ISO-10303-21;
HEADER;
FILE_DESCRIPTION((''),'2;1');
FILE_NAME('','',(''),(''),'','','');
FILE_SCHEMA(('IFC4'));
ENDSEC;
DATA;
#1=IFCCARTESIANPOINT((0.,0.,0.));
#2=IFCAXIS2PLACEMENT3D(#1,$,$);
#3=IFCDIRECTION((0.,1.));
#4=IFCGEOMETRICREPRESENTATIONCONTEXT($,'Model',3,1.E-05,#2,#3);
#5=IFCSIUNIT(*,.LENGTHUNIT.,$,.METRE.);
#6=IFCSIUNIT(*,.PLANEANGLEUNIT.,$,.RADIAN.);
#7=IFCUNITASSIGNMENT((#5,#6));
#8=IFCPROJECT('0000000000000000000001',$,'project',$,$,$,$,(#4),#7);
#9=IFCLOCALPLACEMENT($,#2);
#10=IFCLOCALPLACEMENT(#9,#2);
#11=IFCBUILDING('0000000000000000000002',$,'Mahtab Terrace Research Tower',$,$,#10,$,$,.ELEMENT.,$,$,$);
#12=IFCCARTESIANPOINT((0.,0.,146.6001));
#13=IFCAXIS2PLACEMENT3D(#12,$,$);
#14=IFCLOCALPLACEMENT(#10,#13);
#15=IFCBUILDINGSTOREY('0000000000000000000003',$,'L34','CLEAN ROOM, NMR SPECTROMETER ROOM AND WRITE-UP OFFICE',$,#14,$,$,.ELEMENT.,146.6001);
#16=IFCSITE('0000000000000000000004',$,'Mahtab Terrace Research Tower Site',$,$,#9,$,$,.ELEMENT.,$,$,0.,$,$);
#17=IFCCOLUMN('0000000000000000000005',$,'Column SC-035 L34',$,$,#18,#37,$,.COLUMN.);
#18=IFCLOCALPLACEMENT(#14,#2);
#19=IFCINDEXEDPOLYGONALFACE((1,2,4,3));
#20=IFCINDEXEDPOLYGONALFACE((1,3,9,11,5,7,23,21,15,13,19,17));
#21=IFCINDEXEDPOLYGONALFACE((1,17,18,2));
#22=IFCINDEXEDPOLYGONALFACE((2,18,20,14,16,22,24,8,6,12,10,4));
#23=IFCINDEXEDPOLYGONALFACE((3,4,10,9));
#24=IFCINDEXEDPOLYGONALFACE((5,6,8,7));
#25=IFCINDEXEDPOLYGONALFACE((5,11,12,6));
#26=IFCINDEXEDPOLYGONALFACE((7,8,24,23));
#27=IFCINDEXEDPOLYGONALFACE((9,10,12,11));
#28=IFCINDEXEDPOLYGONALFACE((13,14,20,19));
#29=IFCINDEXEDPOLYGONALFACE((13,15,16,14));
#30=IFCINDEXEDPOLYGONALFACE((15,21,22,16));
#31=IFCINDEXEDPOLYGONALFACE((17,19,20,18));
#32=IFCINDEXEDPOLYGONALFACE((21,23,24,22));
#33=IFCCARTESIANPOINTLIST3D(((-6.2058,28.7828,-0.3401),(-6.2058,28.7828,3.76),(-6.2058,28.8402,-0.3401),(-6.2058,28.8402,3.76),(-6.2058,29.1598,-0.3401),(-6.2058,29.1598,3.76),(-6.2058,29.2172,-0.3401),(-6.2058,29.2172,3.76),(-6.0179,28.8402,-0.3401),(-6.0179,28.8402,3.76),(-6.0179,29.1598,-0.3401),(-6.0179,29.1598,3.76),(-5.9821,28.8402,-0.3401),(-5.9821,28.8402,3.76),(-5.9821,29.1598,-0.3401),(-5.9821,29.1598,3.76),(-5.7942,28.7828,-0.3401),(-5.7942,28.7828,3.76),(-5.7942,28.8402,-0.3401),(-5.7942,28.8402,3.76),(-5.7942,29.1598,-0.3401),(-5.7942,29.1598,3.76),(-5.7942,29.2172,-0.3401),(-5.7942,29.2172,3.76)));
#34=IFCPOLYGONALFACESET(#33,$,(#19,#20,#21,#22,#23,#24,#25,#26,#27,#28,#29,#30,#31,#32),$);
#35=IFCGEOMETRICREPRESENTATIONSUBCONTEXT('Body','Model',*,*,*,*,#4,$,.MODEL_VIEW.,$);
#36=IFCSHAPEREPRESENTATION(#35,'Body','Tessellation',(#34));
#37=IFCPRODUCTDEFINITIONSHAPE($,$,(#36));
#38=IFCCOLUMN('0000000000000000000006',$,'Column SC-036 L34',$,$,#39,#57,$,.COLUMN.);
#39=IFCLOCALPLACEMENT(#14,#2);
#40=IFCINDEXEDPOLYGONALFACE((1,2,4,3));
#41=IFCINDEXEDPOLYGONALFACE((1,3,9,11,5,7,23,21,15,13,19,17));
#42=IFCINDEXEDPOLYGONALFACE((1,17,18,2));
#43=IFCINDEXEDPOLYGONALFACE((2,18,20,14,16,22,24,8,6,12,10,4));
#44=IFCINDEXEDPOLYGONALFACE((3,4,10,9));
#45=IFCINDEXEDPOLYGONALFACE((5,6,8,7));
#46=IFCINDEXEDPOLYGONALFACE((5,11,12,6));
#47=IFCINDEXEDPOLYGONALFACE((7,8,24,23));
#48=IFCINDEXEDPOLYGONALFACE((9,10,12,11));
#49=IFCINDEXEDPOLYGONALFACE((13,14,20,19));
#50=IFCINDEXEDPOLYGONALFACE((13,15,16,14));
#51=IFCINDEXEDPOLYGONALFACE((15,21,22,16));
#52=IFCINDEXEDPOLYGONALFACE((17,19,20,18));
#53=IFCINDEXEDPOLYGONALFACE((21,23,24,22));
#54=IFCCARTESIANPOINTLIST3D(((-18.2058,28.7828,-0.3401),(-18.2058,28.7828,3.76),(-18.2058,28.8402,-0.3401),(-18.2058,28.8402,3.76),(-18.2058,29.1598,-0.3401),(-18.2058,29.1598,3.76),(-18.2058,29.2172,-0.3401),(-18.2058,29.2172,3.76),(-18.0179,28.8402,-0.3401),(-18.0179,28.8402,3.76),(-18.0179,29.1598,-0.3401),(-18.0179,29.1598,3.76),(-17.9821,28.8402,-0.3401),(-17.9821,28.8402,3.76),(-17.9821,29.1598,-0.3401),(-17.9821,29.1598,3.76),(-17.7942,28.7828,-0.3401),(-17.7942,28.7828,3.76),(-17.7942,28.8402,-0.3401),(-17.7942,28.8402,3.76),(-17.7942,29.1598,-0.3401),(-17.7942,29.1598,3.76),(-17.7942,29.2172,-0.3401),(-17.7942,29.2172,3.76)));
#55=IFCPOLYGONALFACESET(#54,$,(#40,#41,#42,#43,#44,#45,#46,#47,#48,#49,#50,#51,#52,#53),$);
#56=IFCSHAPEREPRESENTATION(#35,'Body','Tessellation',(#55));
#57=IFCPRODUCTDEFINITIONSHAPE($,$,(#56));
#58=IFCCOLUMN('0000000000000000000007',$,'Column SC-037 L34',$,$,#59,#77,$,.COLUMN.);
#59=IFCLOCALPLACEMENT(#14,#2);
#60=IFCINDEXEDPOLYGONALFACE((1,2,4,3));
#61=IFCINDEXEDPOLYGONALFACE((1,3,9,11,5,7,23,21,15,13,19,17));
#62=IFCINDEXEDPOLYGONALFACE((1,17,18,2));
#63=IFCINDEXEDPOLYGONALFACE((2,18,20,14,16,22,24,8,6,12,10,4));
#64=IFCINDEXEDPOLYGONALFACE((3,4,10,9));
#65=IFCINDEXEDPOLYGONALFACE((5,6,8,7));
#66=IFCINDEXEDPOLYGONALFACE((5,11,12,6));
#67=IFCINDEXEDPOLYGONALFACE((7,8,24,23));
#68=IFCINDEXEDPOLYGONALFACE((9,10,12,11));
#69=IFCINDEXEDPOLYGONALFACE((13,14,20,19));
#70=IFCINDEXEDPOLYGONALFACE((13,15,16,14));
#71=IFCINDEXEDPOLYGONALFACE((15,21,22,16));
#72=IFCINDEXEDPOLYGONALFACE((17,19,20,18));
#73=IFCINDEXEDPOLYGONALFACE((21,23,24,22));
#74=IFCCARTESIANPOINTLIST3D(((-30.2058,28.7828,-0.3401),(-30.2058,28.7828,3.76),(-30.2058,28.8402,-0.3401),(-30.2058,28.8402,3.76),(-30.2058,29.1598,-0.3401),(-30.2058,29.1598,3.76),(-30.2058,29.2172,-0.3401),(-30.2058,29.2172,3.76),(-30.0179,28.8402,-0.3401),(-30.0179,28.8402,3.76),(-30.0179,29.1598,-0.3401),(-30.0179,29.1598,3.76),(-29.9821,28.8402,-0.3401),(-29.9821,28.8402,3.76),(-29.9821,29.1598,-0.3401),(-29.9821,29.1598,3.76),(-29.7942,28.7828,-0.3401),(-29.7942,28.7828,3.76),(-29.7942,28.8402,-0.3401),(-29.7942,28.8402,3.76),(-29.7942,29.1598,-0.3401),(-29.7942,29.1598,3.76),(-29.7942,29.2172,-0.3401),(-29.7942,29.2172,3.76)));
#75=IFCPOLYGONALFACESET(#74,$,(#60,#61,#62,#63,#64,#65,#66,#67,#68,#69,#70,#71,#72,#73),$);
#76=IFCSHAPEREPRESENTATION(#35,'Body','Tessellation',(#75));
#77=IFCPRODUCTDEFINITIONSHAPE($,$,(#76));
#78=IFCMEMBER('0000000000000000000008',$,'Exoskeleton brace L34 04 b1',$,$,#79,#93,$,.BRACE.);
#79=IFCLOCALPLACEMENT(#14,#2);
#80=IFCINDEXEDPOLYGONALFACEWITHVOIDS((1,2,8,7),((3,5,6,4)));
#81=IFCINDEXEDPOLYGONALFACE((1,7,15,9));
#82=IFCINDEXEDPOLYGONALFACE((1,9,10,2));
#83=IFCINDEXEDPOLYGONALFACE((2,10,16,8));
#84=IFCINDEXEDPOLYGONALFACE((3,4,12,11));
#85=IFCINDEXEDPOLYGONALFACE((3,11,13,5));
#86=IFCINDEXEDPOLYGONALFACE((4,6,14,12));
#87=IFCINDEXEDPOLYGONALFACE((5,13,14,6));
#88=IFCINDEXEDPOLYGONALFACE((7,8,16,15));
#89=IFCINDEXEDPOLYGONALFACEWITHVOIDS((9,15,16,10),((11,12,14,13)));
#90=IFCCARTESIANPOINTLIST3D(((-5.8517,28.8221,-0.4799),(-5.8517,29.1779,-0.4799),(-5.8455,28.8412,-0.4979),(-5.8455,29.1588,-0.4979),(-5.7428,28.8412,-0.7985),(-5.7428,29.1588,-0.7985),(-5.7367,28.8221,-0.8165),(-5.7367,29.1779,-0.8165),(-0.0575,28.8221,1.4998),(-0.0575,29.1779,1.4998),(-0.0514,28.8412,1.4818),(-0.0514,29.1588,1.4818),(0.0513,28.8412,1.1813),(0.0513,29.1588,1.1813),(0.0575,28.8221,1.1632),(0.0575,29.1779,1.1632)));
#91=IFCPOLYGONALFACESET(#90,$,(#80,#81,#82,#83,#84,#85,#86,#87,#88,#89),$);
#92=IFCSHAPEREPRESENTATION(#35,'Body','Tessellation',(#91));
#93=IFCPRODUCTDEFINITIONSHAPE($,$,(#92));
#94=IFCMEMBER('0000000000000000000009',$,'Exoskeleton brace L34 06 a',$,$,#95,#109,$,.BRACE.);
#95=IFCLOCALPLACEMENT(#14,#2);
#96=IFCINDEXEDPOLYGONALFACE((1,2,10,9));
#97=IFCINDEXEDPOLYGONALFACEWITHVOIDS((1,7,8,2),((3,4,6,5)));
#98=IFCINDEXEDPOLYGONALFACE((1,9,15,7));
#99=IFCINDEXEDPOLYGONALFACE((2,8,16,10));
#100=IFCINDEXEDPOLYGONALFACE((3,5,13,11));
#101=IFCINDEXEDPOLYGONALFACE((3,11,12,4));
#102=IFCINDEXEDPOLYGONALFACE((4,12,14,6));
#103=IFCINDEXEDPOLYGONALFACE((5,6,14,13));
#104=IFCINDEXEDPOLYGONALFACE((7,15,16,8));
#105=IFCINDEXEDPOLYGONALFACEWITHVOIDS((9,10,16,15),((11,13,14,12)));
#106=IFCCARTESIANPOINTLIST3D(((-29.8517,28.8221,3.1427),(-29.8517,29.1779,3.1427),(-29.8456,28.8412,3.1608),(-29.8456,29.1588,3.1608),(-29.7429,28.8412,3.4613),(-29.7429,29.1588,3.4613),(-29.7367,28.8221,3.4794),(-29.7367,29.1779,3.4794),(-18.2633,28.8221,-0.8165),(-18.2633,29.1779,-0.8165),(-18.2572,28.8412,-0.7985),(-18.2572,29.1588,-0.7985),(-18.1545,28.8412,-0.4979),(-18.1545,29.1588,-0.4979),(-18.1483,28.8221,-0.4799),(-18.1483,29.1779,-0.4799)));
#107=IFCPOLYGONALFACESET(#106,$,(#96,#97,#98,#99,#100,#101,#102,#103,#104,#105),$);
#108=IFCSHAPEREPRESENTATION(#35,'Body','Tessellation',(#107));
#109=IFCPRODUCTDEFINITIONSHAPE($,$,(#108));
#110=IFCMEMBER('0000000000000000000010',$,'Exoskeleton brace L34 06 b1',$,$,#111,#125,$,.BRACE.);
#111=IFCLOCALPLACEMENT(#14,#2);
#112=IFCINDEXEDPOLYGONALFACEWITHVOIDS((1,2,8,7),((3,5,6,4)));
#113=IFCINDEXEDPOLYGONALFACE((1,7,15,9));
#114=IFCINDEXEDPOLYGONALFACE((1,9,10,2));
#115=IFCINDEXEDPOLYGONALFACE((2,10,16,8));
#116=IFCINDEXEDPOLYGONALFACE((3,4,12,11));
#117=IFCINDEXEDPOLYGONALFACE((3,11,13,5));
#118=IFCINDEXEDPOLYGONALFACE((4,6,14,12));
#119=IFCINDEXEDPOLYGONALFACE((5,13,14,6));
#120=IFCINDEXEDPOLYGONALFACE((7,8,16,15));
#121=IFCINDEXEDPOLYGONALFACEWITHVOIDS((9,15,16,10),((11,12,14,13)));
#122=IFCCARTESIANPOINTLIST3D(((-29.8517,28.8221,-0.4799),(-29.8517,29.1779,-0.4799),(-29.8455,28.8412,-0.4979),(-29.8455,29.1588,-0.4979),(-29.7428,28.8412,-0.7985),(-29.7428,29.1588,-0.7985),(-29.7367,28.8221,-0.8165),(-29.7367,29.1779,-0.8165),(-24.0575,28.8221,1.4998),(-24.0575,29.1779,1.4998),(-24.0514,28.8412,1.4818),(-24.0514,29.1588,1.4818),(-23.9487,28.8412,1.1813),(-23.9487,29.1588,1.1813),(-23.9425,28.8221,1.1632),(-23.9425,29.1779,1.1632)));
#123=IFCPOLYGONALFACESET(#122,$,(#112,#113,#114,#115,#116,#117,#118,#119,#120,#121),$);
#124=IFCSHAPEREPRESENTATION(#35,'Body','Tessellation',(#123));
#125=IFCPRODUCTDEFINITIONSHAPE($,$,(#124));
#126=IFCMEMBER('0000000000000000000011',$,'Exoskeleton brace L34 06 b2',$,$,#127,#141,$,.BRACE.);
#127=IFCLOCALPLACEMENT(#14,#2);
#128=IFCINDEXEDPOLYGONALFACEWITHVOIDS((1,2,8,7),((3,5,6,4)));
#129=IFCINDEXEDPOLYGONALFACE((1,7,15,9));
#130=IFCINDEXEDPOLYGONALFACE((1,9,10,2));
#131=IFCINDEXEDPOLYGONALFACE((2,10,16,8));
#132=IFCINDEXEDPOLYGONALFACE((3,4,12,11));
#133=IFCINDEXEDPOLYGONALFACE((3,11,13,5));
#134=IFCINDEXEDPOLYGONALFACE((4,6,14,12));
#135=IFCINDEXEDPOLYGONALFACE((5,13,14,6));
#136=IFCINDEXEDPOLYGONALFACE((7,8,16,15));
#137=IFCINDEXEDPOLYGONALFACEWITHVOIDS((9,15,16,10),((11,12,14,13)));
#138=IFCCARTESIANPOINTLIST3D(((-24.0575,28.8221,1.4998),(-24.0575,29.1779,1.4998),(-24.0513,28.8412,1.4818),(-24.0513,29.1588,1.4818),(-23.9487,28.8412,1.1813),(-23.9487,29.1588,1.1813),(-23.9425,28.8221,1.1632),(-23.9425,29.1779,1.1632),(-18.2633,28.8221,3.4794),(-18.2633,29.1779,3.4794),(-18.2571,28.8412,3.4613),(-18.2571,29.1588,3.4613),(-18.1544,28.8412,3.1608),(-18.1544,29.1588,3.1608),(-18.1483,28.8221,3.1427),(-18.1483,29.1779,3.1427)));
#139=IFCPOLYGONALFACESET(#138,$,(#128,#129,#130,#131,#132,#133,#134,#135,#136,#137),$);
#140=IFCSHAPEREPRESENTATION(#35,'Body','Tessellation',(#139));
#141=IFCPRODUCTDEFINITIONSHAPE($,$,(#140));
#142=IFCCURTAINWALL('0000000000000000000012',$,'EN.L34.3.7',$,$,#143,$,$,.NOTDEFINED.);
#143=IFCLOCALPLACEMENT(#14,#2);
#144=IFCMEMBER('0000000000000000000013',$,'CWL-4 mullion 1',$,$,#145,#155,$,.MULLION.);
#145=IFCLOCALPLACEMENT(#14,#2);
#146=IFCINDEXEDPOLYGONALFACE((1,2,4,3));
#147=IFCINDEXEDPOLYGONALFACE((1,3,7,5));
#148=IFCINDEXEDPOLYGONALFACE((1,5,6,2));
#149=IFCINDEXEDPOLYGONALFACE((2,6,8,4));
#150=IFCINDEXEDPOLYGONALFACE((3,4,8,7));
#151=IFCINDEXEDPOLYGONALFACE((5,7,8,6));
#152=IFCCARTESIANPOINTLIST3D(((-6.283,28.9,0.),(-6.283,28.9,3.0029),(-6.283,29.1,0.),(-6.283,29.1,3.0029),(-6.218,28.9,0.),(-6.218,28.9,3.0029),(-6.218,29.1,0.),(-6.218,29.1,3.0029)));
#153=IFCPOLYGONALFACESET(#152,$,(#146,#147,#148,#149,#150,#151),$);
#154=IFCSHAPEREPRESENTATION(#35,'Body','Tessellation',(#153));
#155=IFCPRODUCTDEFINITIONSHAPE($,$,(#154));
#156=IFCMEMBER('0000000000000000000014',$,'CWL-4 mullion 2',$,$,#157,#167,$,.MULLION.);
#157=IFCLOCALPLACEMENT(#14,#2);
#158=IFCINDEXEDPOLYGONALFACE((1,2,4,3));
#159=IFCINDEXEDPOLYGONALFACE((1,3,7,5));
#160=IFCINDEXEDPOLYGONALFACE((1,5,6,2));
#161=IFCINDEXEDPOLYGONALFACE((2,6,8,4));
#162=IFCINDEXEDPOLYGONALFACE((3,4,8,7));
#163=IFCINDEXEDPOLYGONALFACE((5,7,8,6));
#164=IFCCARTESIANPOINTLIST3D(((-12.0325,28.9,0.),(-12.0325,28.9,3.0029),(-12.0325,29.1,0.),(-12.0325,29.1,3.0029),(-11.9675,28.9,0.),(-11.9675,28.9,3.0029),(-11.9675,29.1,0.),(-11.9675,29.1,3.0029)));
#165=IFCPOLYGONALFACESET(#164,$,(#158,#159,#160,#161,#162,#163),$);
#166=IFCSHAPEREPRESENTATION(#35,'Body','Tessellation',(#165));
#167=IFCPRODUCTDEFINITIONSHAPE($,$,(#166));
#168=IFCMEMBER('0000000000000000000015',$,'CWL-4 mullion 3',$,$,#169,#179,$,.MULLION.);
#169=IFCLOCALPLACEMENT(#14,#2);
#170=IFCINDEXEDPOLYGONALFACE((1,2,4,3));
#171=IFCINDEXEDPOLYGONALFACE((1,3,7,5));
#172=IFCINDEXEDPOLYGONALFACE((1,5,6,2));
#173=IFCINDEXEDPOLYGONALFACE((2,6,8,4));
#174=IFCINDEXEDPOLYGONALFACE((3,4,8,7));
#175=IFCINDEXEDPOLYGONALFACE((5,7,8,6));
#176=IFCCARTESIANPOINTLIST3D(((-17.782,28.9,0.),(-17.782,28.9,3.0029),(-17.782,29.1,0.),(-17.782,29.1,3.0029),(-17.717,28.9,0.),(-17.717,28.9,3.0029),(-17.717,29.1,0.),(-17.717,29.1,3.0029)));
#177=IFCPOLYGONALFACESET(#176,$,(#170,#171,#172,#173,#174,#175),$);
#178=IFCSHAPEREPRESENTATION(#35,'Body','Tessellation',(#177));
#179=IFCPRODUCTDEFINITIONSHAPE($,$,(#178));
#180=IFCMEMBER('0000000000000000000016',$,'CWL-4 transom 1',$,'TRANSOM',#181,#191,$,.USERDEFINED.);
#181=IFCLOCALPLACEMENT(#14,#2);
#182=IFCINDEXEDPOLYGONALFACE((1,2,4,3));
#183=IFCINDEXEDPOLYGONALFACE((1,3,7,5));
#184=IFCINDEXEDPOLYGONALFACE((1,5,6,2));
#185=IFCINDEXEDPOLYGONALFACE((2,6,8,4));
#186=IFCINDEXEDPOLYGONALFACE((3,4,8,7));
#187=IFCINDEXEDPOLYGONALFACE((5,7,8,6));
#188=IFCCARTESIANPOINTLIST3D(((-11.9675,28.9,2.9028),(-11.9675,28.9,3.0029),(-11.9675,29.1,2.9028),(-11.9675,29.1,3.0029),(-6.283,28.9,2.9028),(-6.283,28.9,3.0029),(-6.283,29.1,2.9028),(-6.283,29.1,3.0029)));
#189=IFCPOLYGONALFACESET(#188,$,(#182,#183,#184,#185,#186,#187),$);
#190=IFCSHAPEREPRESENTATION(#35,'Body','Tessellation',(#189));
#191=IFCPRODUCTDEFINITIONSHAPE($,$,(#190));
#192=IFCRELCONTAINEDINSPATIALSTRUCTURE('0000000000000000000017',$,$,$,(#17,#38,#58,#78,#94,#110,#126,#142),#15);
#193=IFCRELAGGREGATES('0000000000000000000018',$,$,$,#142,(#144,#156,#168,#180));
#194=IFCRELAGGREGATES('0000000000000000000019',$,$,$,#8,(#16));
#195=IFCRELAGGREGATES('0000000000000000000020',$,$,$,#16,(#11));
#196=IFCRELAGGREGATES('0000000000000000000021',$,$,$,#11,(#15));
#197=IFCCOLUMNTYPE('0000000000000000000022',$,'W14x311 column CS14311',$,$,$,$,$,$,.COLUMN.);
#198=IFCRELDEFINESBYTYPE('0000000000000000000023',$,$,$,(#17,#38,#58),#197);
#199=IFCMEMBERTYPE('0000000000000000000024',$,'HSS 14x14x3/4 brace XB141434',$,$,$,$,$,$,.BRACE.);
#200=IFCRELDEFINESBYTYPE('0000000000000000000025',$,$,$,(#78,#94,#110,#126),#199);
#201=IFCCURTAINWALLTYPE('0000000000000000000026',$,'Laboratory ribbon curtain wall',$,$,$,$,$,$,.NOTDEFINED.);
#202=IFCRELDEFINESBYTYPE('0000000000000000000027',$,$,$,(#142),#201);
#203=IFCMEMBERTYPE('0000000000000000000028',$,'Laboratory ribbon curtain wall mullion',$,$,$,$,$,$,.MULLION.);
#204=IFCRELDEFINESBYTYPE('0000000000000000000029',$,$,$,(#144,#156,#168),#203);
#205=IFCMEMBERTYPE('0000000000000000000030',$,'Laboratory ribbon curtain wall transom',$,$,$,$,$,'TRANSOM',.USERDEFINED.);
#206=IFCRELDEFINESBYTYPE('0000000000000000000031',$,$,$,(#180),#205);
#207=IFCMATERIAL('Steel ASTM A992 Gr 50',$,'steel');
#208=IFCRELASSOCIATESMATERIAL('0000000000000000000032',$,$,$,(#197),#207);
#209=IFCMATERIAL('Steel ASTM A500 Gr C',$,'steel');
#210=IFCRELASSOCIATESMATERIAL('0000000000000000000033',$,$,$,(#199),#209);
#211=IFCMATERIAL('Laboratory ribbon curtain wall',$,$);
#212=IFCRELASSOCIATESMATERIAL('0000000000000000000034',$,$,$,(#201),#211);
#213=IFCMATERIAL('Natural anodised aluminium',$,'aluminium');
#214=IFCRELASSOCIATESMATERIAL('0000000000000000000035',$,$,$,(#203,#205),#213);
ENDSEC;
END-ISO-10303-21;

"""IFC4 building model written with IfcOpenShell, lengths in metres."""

from ifc_helpers import new_model, si_unit, direction, frame, origin, origin_2d, place, context, subcontext, project, spatial, rectangle, hollow_rectangle, i_section, extrude, material, material_profile, profile_set, type_object, element, aggregate, save


model = new_model("IFC4")

# Units and contexts
model_context = context("Model", 3, precision=1e-05, world=origin(), true_north=direction((0.0, 1.0)))
body_context = subcontext(model_context, "Body", "Model", "MODEL_VIEW")
ifc_project = project(units=[si_unit("LENGTHUNIT", "METRE"), si_unit("PLANEANGLEUNIT", "RADIAN")], contexts=[model_context])

# Site, building, storey
site_placement = place(None, origin())
site = spatial("IfcSite", under=ifc_project, at=site_placement, Name="Mahtab Terrace Research Tower Site", CompositionType="ELEMENT", RefElevation=0.0)
building_placement = place(site_placement, origin())
building = spatial("IfcBuilding", under=site, at=building_placement, Name="Mahtab Terrace Research Tower", CompositionType="ELEMENT")
storey_placement = place(building_placement, frame((0.0, 0.0, 146.6001)))
storey = spatial("IfcBuildingStorey", under=building, at=storey_placement, Name="L34", Description="CLEAN ROOM, NMR SPECTROMETER ROOM AND WRITE-UP OFFICE", CompositionType="ELEMENT", Elevation=146.6001)

# Columns
ifc_material_1 = material(Name="Steel ASTM A992 Gr 50", Category="steel")
ifc_material_profile_1 = material_profile(ifc_material_1, i_section(OverallWidth=0.4116, OverallDepth=0.4343, WebThickness=0.0359, FlangeThickness=0.0574, at=origin_2d()), Name="W14X311")
ifc_profile_set_1 = profile_set([ifc_material_profile_1], Name="Steel ASTM A992 Gr 50")
column_type = type_object("IfcColumnType", Name="W14x311 column CS14311", PredefinedType="COLUMN", material=ifc_profile_set_1)
for number, where, z_axis, x_axis, name in (
    (1, (-6.0, 29.0, -0.3401), (0.0, 0.0, 1.0), (1.0, 0.0, 0.0), "Column SC-035 L34"),
    (2, (-18.0, 29.0, -0.3401), (0.0, 0.0, 1.0), (1.0, 0.0, 0.0), "Column SC-036 L34"),
    (3, (-30.0, 29.0, -0.3401), (0.0, 0.0, 1.0), (1.0, 0.0, 0.0), "Column SC-037 L34"),
):
    element("IfcColumn", number, at=place(storey_placement, frame(where, z_axis=z_axis, x_axis=x_axis)), inside=storey, type_object=column_type, Name=name, PredefinedType="COLUMN", context=body_context, shape_type="SweptSolid", body=[
        extrude(i_section(OverallWidth=0.4116, OverallDepth=0.4343, WebThickness=0.0359, FlangeThickness=0.0574, at=origin_2d()), origin(), (0.0, 0.0, 1.0), 4.1001),
    ])

# Members
ifc_material_2 = material(Name="Steel ASTM A500 Gr C", Category="steel")
ifc_material_profile_2 = material_profile(ifc_material_2, hollow_rectangle(XDim=0.3557, YDim=0.3557, WallThickness=0.019, at=origin_2d()), Name="HSS14X14X3/4")
ifc_profile_set_2 = profile_set([ifc_material_profile_2], Name="Steel ASTM A500 Gr C")
member_type_1 = type_object("IfcMemberType", Name="HSS 14x14x3/4 brace XB141434", PredefinedType="BRACE", material=ifc_profile_set_2)
member_1_placement = place(storey_placement, frame((-5.7942, 29.0, -0.6482), z_axis=(0.946288, 0.0, 0.323324), x_axis=(0.0, 1.0, 0.0)))
element("IfcMember", 4, at=member_1_placement, inside=storey, type_object=member_type_1, Name="Exoskeleton brace L34 04 b1", PredefinedType="BRACE", context=body_context, shape_type="SweptSolid", body=[
    extrude(hollow_rectangle(XDim=0.3557, YDim=0.3557, WallThickness=0.019, at=origin_2d()), origin(), (0.0, 0.0, 1.0), 6.123),
])
member_2_placement = place(storey_placement, frame((-18.2058, 29.0, -0.6482), z_axis=(-0.946294, 0.0, 0.323306), x_axis=(0.0, -1.0, 0.0)))
element("IfcMember", 5, at=member_2_placement, inside=storey, type_object=member_type_1, Name="Exoskeleton brace L34 06 a", PredefinedType="BRACE", context=body_context, shape_type="SweptSolid", body=[
    extrude(hollow_rectangle(XDim=0.3557, YDim=0.3557, WallThickness=0.019, at=origin_2d()), origin(), (0.0, 0.0, 1.0), 12.2461),
])
for number, where, z_axis, x_axis, name in (
    (6, (-29.7942, 29.0, -0.6482), (0.946288, 0.0, 0.323324), (0.0, 1.0, 0.0), "Exoskeleton brace L34 06 b1"),
    (7, (-24.0, 29.0, 1.3315), (0.9463, 0.0, 0.323288), (0.0, 1.0, 0.0), "Exoskeleton brace L34 06 b2"),
):
    element("IfcMember", number, at=place(storey_placement, frame(where, z_axis=z_axis, x_axis=x_axis)), inside=storey, type_object=member_type_1, Name=name, PredefinedType="BRACE", context=body_context, shape_type="SweptSolid", body=[
        extrude(hollow_rectangle(XDim=0.3557, YDim=0.3557, WallThickness=0.019, at=origin_2d()), origin(), (0.0, 0.0, 1.0), 6.123),
    ])

# Curtain wall, members
ifc_material_3 = material(Name="Laboratory ribbon curtain wall")
curtain_wall_type = type_object("IfcCurtainWallType", Name="Laboratory ribbon curtain wall", PredefinedType="NOTDEFINED", material=ifc_material_3)
curtain_wall_placement = place(storey_placement, origin())
curtain_wall = element("IfcCurtainWall", 8, at=curtain_wall_placement, inside=storey, type_object=curtain_wall_type, Name="EN.L34.3.7", PredefinedType="NOTDEFINED")
ifc_material_4 = material(Name="Natural anodised aluminium", Category="aluminium")
ifc_material_profile_3 = material_profile(ifc_material_4, rectangle(XDim=0.2, YDim=0.0649, at=origin_2d()), Name="MULLION 65x200")
ifc_profile_set_3 = profile_set([ifc_material_profile_3], Name="Natural anodised aluminium")
member_type_2 = type_object("IfcMemberType", Name="Laboratory ribbon curtain wall mullion", PredefinedType="MULLION", material=ifc_profile_set_3)
member_3_placement = place(storey_placement, frame((-6.2505, 29.0, 0.0), z_axis=(0.0, 0.0, 1.0), x_axis=(0.0, -1.0, 0.0)))
member_3 = element("IfcMember", 9, at=member_3_placement, type_object=member_type_2, Name="CWL-4 mullion 1", PredefinedType="MULLION", context=body_context, shape_type="SweptSolid", body=[
    extrude(rectangle(XDim=0.2, YDim=0.0649, at=origin_2d()), origin(), (0.0, 0.0, 1.0), 3.0029),
])
member_4_placement = place(storey_placement, frame((-12.0, 29.0, 0.0), z_axis=(0.0, 0.0, 1.0), x_axis=(0.0, -1.0, 0.0)))
member_4 = element("IfcMember", 10, at=member_4_placement, type_object=member_type_2, Name="CWL-4 mullion 2", PredefinedType="MULLION", context=body_context, shape_type="SweptSolid", body=[
    extrude(rectangle(XDim=0.2, YDim=0.0649, at=origin_2d()), origin(), (0.0, 0.0, 1.0), 3.0029),
])
member_5_placement = place(storey_placement, frame((-17.7495, 29.0, 0.0), z_axis=(0.0, 0.0, 1.0), x_axis=(0.0, -1.0, 0.0)))
member_5 = element("IfcMember", 11, at=member_5_placement, type_object=member_type_2, Name="CWL-4 mullion 3", PredefinedType="MULLION", context=body_context, shape_type="SweptSolid", body=[
    extrude(rectangle(XDim=0.2, YDim=0.0649, at=origin_2d()), origin(), (0.0, 0.0, 1.0), 3.0029),
])
ifc_material_profile_4 = material_profile(ifc_material_4, rectangle(XDim=0.2, YDim=0.1001, at=origin_2d()), Name="TRANSOM 100x200")
ifc_profile_set_4 = profile_set([ifc_material_profile_4], Name="Natural anodised aluminium")
member_type_3 = type_object("IfcMemberType", Name="Laboratory ribbon curtain wall transom", ElementType="TRANSOM", PredefinedType="USERDEFINED", material=ifc_profile_set_4)
member_6_placement = place(storey_placement, frame((-6.283, 29.0, 2.9529), z_axis=(-1.0, 0.0, 0.0), x_axis=(0.0, -1.0, 0.0)))
member_6 = element("IfcMember", 12, at=member_6_placement, type_object=member_type_3, Name="CWL-4 transom 1", ObjectType="TRANSOM", PredefinedType="USERDEFINED", context=body_context, shape_type="SweptSolid", body=[
    extrude(rectangle(XDim=0.2, YDim=0.1001, at=origin_2d()), origin(), (0.0, 0.0, 1.0), 5.6846),
])

aggregate(curtain_wall, [member_3, member_4, member_5, member_6])

save(model, "model.ifc")
